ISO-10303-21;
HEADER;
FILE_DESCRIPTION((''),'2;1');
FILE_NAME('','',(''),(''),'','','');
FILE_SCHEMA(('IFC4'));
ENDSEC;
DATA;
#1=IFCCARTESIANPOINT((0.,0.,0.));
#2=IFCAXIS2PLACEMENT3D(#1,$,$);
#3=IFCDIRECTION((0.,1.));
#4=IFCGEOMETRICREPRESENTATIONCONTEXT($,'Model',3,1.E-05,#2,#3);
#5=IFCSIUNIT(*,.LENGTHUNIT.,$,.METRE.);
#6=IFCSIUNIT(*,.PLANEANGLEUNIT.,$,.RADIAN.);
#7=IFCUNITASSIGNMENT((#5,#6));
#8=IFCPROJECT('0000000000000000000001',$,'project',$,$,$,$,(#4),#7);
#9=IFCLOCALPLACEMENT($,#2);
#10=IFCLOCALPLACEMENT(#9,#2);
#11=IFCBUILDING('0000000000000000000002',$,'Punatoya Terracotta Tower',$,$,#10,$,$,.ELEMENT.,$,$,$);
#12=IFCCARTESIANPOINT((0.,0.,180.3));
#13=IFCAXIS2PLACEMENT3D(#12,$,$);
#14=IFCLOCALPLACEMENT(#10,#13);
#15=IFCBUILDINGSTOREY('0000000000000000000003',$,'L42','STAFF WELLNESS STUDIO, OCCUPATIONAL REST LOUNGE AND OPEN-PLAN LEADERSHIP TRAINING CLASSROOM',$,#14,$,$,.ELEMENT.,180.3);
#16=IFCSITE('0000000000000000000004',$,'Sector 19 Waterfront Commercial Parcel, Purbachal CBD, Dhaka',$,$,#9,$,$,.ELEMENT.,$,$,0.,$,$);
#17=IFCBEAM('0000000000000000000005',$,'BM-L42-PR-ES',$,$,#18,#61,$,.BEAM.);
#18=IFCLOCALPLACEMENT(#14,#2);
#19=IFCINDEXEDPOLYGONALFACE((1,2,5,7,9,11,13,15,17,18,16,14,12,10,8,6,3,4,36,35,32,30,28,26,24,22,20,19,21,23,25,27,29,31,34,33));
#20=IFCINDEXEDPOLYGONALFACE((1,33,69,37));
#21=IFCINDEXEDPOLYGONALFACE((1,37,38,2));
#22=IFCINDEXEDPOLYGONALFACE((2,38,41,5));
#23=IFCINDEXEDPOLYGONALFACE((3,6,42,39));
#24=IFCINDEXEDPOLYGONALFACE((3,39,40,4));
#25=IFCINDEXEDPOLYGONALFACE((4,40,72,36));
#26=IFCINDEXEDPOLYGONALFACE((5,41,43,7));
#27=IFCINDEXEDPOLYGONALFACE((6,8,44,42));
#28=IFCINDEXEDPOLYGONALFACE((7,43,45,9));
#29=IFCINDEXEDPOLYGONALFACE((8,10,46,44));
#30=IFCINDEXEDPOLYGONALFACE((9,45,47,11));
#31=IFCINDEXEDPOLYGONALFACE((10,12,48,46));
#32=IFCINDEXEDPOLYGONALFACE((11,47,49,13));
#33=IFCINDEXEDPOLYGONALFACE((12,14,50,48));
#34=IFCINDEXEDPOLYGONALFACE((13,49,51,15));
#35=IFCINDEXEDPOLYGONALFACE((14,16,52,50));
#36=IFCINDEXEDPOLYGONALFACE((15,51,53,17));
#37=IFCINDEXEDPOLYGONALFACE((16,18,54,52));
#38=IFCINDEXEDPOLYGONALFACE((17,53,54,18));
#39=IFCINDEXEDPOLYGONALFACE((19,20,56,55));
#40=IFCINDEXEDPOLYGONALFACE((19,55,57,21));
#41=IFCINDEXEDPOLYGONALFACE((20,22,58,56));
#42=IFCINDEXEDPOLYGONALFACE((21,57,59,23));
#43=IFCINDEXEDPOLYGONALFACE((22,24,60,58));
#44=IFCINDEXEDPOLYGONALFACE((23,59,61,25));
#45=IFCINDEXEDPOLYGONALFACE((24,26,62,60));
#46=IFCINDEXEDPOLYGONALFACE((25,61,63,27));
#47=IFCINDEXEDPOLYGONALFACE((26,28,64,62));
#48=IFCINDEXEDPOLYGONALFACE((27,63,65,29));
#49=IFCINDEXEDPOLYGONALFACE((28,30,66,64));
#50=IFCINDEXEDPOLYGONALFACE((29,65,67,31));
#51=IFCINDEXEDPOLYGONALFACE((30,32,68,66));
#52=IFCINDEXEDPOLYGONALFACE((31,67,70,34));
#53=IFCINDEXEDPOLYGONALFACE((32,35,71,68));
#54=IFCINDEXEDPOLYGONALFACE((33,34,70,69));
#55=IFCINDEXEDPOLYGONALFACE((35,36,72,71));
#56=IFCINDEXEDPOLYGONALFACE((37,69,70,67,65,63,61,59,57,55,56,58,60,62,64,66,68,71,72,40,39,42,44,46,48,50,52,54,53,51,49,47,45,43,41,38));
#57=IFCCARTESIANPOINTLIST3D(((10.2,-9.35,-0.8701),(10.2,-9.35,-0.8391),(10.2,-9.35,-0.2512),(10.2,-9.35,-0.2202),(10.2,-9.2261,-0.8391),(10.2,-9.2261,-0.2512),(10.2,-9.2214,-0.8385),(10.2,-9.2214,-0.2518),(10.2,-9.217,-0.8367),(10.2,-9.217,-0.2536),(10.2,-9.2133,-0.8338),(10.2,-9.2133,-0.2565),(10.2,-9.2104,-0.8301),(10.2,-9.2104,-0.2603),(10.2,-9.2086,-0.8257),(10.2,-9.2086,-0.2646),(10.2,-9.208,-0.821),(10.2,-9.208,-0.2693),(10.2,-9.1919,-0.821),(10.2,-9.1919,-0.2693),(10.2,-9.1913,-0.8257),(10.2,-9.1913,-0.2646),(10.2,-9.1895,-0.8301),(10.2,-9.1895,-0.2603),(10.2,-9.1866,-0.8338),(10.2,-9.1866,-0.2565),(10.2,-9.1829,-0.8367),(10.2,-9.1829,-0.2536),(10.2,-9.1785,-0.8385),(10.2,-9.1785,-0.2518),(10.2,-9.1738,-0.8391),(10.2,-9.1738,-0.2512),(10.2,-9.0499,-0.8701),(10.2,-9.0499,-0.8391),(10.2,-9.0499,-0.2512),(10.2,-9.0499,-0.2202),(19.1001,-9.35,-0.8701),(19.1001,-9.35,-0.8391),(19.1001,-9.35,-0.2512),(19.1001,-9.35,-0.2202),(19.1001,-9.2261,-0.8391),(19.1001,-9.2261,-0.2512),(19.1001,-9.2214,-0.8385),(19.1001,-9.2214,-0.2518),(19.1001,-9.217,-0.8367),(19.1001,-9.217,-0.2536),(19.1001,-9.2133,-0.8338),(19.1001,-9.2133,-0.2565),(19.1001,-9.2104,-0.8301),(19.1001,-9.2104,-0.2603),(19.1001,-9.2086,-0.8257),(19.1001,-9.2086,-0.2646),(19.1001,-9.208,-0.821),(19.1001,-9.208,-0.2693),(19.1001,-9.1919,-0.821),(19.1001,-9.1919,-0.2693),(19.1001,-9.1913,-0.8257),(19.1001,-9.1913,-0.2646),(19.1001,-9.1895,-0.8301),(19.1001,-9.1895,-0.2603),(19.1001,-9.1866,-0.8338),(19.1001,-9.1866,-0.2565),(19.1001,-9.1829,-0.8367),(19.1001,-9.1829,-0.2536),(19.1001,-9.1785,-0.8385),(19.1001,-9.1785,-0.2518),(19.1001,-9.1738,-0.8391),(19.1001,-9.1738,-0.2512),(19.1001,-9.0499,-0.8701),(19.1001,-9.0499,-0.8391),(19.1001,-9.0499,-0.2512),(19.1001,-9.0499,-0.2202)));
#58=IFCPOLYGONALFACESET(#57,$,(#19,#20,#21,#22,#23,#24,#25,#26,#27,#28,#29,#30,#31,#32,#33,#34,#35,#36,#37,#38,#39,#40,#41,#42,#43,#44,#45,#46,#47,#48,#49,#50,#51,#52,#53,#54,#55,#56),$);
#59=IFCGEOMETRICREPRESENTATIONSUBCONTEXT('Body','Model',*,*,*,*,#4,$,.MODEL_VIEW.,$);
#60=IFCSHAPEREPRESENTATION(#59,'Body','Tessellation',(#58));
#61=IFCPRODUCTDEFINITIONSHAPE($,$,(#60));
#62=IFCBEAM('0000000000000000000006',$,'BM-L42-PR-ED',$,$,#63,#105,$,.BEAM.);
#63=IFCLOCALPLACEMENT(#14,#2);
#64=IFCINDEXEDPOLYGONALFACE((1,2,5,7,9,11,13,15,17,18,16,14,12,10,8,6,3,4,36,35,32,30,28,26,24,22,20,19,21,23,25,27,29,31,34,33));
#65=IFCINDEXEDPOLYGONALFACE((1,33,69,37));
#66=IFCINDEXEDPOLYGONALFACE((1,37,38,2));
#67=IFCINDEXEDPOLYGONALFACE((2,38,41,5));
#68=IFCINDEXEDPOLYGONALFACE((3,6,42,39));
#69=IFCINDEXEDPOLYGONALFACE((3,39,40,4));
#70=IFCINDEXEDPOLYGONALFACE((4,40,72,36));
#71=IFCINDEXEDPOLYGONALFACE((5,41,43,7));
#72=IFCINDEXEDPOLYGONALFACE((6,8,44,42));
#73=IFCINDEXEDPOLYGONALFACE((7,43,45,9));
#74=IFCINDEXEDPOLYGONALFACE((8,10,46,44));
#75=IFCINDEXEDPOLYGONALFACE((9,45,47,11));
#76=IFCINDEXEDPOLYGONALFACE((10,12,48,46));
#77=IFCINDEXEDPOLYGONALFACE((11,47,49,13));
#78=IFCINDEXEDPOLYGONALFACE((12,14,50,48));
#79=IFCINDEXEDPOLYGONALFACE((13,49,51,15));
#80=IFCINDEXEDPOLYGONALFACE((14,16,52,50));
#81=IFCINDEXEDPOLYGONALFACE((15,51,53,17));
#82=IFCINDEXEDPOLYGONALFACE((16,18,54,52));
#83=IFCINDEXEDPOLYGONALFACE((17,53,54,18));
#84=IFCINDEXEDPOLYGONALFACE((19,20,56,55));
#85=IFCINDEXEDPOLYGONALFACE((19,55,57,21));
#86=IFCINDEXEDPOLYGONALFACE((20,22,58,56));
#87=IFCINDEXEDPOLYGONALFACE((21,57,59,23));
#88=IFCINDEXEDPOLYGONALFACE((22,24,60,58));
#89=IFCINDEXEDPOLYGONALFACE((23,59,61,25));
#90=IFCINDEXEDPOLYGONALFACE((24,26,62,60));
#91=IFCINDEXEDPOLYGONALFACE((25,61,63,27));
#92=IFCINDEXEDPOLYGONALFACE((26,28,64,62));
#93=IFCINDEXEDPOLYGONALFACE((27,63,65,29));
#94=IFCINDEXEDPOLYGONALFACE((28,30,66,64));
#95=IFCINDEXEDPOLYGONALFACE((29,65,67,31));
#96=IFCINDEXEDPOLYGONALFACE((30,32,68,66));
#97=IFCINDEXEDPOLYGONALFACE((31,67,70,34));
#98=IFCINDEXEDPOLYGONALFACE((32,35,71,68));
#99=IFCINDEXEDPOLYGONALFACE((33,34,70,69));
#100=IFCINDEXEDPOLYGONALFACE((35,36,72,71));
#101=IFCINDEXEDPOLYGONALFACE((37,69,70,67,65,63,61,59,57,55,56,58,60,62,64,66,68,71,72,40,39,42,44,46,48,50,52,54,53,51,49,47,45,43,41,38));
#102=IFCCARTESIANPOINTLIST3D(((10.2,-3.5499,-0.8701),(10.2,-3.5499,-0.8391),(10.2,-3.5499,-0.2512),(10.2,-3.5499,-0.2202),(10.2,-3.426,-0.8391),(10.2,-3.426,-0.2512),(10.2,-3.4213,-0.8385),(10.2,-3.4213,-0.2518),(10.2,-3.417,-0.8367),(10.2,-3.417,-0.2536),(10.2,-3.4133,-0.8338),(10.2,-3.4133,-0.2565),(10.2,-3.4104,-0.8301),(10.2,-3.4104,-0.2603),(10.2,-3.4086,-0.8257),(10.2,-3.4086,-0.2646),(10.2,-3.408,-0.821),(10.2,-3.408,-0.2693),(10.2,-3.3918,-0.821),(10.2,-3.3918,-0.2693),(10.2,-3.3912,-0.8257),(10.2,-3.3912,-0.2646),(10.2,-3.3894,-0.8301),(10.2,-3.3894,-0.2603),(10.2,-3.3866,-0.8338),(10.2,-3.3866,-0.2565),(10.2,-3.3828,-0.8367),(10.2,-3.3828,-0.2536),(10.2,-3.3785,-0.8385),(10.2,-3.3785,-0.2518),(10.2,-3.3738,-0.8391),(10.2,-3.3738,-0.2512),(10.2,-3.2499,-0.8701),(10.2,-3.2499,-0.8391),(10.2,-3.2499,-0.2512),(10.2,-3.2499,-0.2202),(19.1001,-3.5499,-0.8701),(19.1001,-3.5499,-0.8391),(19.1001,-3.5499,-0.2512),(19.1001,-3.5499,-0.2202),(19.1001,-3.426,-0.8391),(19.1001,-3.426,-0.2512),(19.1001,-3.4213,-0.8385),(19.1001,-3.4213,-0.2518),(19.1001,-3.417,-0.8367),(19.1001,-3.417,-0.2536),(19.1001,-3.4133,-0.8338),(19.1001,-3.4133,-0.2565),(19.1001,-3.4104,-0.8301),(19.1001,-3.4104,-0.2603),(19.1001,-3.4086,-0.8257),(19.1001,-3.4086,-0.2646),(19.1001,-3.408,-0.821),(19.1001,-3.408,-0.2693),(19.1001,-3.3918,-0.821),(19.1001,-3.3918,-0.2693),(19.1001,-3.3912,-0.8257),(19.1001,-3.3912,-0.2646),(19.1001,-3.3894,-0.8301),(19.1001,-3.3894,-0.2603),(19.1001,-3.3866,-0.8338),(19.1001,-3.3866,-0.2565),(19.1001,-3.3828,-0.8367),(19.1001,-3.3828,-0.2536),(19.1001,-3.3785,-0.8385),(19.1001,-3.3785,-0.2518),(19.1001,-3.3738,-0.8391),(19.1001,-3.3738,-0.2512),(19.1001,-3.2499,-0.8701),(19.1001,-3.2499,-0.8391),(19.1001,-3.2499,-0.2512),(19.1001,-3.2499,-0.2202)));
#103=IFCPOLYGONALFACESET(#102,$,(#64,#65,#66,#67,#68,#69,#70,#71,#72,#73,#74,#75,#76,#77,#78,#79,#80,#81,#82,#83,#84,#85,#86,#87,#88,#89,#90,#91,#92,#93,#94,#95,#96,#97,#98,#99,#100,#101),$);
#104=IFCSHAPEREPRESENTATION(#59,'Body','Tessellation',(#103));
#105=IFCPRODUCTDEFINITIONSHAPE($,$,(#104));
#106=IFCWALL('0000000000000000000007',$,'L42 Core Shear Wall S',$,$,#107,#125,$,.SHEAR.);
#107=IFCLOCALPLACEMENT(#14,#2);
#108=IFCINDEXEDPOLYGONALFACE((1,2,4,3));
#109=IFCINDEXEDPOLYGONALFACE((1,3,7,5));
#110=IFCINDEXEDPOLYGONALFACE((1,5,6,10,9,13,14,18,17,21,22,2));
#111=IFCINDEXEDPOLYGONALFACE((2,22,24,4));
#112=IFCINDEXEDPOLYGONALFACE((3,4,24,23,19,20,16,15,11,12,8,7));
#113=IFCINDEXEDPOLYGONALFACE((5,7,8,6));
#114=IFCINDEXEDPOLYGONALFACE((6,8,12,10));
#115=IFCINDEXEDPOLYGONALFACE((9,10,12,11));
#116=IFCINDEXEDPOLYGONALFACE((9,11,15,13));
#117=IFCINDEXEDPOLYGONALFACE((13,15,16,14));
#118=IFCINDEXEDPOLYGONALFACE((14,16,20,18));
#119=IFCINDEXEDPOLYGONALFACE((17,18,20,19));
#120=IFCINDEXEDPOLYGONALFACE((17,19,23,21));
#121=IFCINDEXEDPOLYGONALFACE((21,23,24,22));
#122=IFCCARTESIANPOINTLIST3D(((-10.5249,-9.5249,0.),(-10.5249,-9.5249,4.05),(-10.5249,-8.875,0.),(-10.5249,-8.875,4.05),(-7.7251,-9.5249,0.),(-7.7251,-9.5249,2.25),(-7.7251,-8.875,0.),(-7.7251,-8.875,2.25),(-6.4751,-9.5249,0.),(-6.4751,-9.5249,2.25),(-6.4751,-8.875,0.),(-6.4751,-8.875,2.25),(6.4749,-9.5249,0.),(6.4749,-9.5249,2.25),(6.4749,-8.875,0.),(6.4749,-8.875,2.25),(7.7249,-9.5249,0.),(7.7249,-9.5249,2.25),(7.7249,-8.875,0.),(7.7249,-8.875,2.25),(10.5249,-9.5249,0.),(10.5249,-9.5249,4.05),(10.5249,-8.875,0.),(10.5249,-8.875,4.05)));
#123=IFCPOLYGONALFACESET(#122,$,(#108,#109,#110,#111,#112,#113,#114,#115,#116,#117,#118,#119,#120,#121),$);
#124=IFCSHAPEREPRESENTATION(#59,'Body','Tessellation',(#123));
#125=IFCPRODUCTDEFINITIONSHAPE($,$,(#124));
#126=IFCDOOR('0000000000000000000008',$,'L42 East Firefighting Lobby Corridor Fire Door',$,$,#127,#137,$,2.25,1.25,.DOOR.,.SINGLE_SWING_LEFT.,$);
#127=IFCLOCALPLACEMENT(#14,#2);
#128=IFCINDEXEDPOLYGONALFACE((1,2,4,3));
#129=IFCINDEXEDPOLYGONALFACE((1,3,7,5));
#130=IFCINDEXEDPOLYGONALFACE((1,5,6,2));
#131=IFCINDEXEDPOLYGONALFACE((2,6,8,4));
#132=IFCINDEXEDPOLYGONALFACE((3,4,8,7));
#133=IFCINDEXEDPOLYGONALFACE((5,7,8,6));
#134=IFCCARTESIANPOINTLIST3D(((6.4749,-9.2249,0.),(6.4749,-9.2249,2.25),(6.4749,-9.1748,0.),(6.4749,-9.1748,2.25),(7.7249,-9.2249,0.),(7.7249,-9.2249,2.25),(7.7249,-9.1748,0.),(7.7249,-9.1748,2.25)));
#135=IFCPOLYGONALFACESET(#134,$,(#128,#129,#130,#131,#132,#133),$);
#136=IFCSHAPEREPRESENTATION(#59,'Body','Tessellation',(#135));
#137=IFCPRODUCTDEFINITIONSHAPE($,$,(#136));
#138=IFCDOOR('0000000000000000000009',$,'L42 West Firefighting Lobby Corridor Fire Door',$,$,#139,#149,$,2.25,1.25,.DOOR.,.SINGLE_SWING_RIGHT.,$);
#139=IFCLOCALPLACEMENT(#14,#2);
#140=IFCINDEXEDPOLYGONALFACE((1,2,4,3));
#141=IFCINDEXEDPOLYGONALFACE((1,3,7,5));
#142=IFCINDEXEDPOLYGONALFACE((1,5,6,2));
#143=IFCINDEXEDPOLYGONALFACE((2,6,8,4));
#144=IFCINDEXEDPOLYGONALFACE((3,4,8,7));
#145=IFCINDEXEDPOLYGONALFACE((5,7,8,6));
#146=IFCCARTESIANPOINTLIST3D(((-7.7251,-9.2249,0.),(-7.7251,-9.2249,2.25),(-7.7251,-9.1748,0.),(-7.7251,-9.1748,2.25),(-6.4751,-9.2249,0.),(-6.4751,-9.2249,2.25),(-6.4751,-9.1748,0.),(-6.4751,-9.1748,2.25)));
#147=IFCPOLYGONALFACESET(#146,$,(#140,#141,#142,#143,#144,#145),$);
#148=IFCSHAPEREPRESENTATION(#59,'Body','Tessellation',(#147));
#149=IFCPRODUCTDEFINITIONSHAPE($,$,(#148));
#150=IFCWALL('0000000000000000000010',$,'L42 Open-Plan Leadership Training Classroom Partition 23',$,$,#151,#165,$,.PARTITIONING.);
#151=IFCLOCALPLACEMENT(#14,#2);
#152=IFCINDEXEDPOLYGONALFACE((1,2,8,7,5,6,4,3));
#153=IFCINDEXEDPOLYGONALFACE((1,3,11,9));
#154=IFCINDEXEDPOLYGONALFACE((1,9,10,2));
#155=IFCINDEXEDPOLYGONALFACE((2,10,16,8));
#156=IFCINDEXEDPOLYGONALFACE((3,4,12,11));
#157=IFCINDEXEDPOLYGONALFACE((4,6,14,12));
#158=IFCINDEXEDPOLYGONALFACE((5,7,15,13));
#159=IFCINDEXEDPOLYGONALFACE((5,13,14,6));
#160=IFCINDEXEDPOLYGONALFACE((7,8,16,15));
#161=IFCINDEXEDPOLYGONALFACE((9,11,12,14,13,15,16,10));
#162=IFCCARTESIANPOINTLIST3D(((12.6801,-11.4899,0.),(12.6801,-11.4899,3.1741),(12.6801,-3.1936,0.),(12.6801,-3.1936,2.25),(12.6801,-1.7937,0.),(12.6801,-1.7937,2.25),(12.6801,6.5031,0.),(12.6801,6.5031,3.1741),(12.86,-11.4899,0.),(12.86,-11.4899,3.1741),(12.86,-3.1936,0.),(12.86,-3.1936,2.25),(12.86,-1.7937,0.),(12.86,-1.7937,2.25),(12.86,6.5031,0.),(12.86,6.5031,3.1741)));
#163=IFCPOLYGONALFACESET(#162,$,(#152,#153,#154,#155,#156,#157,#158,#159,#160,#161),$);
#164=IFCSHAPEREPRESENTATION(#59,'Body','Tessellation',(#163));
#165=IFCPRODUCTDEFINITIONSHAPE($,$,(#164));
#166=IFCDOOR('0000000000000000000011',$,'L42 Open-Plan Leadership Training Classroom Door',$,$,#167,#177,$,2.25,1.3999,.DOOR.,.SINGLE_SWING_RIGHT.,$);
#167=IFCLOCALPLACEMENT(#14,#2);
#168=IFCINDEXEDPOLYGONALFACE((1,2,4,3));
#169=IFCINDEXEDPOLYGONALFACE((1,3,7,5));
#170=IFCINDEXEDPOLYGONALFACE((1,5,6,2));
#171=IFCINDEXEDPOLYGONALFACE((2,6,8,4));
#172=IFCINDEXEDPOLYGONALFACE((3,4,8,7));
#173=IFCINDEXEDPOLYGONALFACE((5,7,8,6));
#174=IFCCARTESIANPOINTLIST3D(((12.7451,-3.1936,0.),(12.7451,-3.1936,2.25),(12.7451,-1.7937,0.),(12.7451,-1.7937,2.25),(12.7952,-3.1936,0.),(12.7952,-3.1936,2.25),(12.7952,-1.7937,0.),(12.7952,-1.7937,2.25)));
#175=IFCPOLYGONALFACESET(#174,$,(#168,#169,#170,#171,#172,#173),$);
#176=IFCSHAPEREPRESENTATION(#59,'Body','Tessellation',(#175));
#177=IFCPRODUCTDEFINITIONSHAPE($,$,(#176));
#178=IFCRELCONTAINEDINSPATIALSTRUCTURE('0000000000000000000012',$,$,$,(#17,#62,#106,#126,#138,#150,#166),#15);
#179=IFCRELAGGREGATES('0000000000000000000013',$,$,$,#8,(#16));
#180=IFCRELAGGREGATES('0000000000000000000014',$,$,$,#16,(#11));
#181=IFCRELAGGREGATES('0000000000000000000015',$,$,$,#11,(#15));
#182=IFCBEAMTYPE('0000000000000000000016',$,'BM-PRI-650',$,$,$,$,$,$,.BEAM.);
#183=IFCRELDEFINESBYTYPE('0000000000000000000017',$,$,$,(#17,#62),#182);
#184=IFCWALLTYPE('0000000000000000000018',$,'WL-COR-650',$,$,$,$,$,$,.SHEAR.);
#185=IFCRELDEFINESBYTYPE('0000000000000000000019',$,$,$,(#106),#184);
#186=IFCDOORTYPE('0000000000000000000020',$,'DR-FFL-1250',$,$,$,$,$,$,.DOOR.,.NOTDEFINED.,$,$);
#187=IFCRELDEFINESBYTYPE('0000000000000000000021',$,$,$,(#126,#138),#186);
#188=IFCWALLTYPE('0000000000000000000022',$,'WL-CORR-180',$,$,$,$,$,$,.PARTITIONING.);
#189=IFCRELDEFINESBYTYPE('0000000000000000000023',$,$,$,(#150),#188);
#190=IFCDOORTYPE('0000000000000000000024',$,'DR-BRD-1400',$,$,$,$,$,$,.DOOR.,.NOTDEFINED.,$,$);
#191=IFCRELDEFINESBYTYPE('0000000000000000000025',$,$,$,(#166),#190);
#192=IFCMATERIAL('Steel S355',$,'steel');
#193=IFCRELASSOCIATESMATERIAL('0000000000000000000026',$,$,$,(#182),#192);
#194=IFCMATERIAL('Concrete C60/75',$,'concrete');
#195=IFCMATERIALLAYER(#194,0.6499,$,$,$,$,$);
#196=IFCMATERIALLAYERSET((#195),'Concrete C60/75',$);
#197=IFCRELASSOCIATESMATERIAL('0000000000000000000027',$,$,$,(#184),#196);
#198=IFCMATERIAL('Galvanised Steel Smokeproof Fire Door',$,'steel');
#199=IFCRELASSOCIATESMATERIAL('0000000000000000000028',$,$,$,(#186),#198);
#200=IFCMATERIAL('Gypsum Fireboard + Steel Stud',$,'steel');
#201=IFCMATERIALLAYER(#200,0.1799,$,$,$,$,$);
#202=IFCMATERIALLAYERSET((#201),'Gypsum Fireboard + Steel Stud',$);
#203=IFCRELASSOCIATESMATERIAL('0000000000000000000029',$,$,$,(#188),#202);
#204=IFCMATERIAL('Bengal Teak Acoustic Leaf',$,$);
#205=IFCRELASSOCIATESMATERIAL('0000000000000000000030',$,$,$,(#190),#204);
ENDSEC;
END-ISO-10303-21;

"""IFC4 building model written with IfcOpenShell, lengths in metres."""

from ifc_helpers import new_model, si_unit, direction, frame, frame_2d, origin, origin_2d, place, context, subcontext, project, spatial, rectangle, i_section, extrude, material, layer, layer_set, material_profile, profile_set, type_object, element, fill, save


model = new_model("IFC4")

# Units and contexts
model_context = context("Model", 3, precision=1e-05, world=origin(), true_north=direction((0.0, 1.0)))
body_context = subcontext(model_context, "Body", "Model", "MODEL_VIEW")
ifc_project = project(units=[si_unit("LENGTHUNIT", "METRE"), si_unit("PLANEANGLEUNIT", "RADIAN")], contexts=[model_context])

# Site, building, storey
site_placement = place(None, origin())
site = spatial("IfcSite", under=ifc_project, at=site_placement, Name="Sector 19 Waterfront Commercial Parcel, Purbachal CBD, Dhaka", CompositionType="ELEMENT", RefElevation=0.0)
building_placement = place(site_placement, origin())
building = spatial("IfcBuilding", under=site, at=building_placement, Name="Punatoya Terracotta Tower", CompositionType="ELEMENT")
storey_placement = place(building_placement, frame((0.0, 0.0, 180.3)))
storey = spatial("IfcBuildingStorey", under=building, at=storey_placement, Name="L42", Description="STAFF WELLNESS STUDIO, OCCUPATIONAL REST LOUNGE AND OPEN-PLAN LEADERSHIP TRAINING CLASSROOM", CompositionType="ELEMENT", Elevation=180.3)

# Beams
ifc_material_1 = material(Name="Steel S355", Category="steel")
ifc_material_profile = material_profile(ifc_material_1, i_section(OverallWidth=0.3, OverallDepth=0.6499, WebThickness=0.0161, FlangeThickness=0.031, FilletRadius=0.0181, at=origin_2d()))
ifc_profile_set = profile_set([ifc_material_profile], Name="Steel S355")
beam_type = type_object("IfcBeamType", Name="BM-PRI-650", PredefinedType="BEAM", material=ifc_profile_set)
for number, where, z_axis, x_axis, name in (
    (1, (10.2, -9.2, -0.5452), (1.0, 0.0, 0.0), (0.0, 1.0, 0.0), "BM-L42-PR-ES"),
    (2, (10.2, -3.3999, -0.5452), (1.0, 0.0, 0.0), (0.0, 1.0, 0.0), "BM-L42-PR-ED"),
):
    element("IfcBeam", number, at=place(storey_placement, frame(where, z_axis=z_axis, x_axis=x_axis)), inside=storey, type_object=beam_type, Name=name, PredefinedType="BEAM", context=body_context, shape_type="SweptSolid", body=[
        extrude(i_section(OverallWidth=0.3, OverallDepth=0.6499, WebThickness=0.0161, FlangeThickness=0.031, FilletRadius=0.0181, at=origin_2d()), origin(), (0.0, 0.0, 1.0), 8.9001),
    ])

# Wall, openings, doors
ifc_material_2 = material(Name="Concrete C60/75", Category="concrete")
ifc_layer_1 = layer(ifc_material_2, 0.6499)
ifc_layer_set_1 = layer_set([ifc_layer_1], Name="Concrete C60/75")
wall_type_1 = type_object("IfcWallType", Name="WL-COR-650", PredefinedType="SHEAR", material=ifc_layer_set_1)
wall_1_placement = place(storey_placement, frame((10.5249, -9.2, 0.0), z_axis=(0.0, 0.0, 1.0), x_axis=(-1.0, 0.0, 0.0)))
wall_1 = element("IfcWall", 3, at=wall_1_placement, inside=storey, type_object=wall_type_1, Name="L42 Core Shear Wall S", PredefinedType="SHEAR", context=body_context, shape_type="SweptSolid", body=[
    extrude(rectangle(XDim=21.0498, YDim=0.6499, at=frame_2d((10.5249, 0.0))), origin(), (0.0, 0.0, 1.0), 4.05),
])
opening_1_placement = place(wall_1_placement, frame((2.8, 0.0, 0.0)))
opening_1 = element("IfcOpeningElement", 4, at=opening_1_placement, cuts=wall_1, PredefinedType="OPENING", context=body_context, shape_type="SweptSolid", body=[
    extrude(rectangle(XDim=1.25, YDim=2.25, at=frame_2d((0.625, 1.125))), frame((0.0, 0.335, 0.0), z_axis=(0.0, -1.0, 0.0), x_axis=(1.0, 0.0, 0.0)), (0.0, 0.0, 1.0), 0.6699),
])
opening_2_placement = place(wall_1_placement, frame((17.0, 0.0, 0.0)))
opening_2 = element("IfcOpeningElement", 5, at=opening_2_placement, cuts=wall_1, PredefinedType="OPENING", context=body_context, shape_type="SweptSolid", body=[
    extrude(rectangle(XDim=1.25, YDim=2.25, at=frame_2d((0.625, 1.125))), frame((0.0, 0.335, 0.0), z_axis=(0.0, -1.0, 0.0), x_axis=(1.0, 0.0, 0.0)), (0.0, 0.0, 1.0), 0.6699),
])
ifc_material_3 = material(Name="Galvanised Steel Smokeproof Fire Door", Category="steel")
door_type_1 = type_object("IfcDoorType", Name="DR-FFL-1250", OperationType="NOTDEFINED", PredefinedType="DOOR", material=ifc_material_3)
door_1_placement = place(opening_1_placement, origin())
door_1 = element("IfcDoor", 6, at=door_1_placement, inside=storey, type_object=door_type_1, Name="L42 East Firefighting Lobby Corridor Fire Door", OperationType="SINGLE_SWING_LEFT", OverallHeight=2.25, OverallWidth=1.25, PredefinedType="DOOR", context=body_context, shape_type="SweptSolid", body=[
    extrude(rectangle(XDim=1.25, YDim=2.25, at=frame_2d((0.625, 1.125))), frame((0.0, 0.0249, 0.0), z_axis=(0.0, -1.0, 0.0), x_axis=(1.0, 0.0, 0.0)), (0.0, 0.0, 1.0), 0.05),
])
fill(opening_1, door_1)
door_2_placement = place(opening_2_placement, origin())
door_2 = element("IfcDoor", 7, at=door_2_placement, inside=storey, type_object=door_type_1, Name="L42 West Firefighting Lobby Corridor Fire Door", OperationType="SINGLE_SWING_RIGHT", OverallHeight=2.25, OverallWidth=1.25, PredefinedType="DOOR", context=body_context, shape_type="SweptSolid", body=[
    extrude(rectangle(XDim=1.25, YDim=2.25, at=frame_2d((0.625, 1.125))), frame((0.0, 0.0249, 0.0), z_axis=(0.0, -1.0, 0.0), x_axis=(1.0, 0.0, 0.0)), (0.0, 0.0, 1.0), 0.05),
])
fill(opening_2, door_2)

# Wall, opening, door
ifc_material_4 = material(Name="Gypsum Fireboard + Steel Stud", Category="steel")
ifc_layer_2 = layer(ifc_material_4, 0.1799)
ifc_layer_set_2 = layer_set([ifc_layer_2], Name="Gypsum Fireboard + Steel Stud")
wall_type_2 = type_object("IfcWallType", Name="WL-CORR-180", PredefinedType="PARTITIONING", material=ifc_layer_set_2)
wall_2_placement = place(storey_placement, frame((12.77, -11.49, 0.0), z_axis=(0.0, 0.0, 1.0), x_axis=(0.0, 1.0, 0.0)))
wall_2 = element("IfcWall", 8, at=wall_2_placement, inside=storey, type_object=wall_type_2, Name="L42 Open-Plan Leadership Training Classroom Partition 23", PredefinedType="PARTITIONING", context=body_context, shape_type="SweptSolid", body=[
    extrude(rectangle(XDim=17.9929, YDim=0.1799, at=frame_2d((8.9966, 0.0))), origin(), (0.0, 0.0, 1.0), 3.1741),
])
opening_3_placement = place(wall_2_placement, frame((8.2964, 0.0, 0.0)))
opening_3 = element("IfcOpeningElement", 9, at=opening_3_placement, cuts=wall_2, PredefinedType="OPENING", context=body_context, shape_type="SweptSolid", body=[
    extrude(rectangle(XDim=1.3999, YDim=2.25, at=frame_2d((0.7, 1.125))), frame((0.0, 0.0999, 0.0), z_axis=(0.0, -1.0, 0.0), x_axis=(1.0, 0.0, 0.0)), (0.0, 0.0, 1.0), 0.2),
])
ifc_material_5 = material(Name="Bengal Teak Acoustic Leaf")
door_type_2 = type_object("IfcDoorType", Name="DR-BRD-1400", OperationType="NOTDEFINED", PredefinedType="DOOR", material=ifc_material_5)
door_3_placement = place(opening_3_placement, origin())
door_3 = element("IfcDoor", 10, at=door_3_placement, inside=storey, type_object=door_type_2, Name="L42 Open-Plan Leadership Training Classroom Door", OperationType="SINGLE_SWING_RIGHT", OverallHeight=2.25, OverallWidth=1.3999, PredefinedType="DOOR", context=body_context, shape_type="SweptSolid", body=[
    extrude(rectangle(XDim=1.3999, YDim=2.25, at=frame_2d((0.7, 1.125))), frame((0.0, 0.0249, 0.0), z_axis=(0.0, -1.0, 0.0), x_axis=(1.0, 0.0, 0.0)), (0.0, 0.0, 1.0), 0.05),
])
fill(opening_3, door_3)

save(model, "model.ifc")
